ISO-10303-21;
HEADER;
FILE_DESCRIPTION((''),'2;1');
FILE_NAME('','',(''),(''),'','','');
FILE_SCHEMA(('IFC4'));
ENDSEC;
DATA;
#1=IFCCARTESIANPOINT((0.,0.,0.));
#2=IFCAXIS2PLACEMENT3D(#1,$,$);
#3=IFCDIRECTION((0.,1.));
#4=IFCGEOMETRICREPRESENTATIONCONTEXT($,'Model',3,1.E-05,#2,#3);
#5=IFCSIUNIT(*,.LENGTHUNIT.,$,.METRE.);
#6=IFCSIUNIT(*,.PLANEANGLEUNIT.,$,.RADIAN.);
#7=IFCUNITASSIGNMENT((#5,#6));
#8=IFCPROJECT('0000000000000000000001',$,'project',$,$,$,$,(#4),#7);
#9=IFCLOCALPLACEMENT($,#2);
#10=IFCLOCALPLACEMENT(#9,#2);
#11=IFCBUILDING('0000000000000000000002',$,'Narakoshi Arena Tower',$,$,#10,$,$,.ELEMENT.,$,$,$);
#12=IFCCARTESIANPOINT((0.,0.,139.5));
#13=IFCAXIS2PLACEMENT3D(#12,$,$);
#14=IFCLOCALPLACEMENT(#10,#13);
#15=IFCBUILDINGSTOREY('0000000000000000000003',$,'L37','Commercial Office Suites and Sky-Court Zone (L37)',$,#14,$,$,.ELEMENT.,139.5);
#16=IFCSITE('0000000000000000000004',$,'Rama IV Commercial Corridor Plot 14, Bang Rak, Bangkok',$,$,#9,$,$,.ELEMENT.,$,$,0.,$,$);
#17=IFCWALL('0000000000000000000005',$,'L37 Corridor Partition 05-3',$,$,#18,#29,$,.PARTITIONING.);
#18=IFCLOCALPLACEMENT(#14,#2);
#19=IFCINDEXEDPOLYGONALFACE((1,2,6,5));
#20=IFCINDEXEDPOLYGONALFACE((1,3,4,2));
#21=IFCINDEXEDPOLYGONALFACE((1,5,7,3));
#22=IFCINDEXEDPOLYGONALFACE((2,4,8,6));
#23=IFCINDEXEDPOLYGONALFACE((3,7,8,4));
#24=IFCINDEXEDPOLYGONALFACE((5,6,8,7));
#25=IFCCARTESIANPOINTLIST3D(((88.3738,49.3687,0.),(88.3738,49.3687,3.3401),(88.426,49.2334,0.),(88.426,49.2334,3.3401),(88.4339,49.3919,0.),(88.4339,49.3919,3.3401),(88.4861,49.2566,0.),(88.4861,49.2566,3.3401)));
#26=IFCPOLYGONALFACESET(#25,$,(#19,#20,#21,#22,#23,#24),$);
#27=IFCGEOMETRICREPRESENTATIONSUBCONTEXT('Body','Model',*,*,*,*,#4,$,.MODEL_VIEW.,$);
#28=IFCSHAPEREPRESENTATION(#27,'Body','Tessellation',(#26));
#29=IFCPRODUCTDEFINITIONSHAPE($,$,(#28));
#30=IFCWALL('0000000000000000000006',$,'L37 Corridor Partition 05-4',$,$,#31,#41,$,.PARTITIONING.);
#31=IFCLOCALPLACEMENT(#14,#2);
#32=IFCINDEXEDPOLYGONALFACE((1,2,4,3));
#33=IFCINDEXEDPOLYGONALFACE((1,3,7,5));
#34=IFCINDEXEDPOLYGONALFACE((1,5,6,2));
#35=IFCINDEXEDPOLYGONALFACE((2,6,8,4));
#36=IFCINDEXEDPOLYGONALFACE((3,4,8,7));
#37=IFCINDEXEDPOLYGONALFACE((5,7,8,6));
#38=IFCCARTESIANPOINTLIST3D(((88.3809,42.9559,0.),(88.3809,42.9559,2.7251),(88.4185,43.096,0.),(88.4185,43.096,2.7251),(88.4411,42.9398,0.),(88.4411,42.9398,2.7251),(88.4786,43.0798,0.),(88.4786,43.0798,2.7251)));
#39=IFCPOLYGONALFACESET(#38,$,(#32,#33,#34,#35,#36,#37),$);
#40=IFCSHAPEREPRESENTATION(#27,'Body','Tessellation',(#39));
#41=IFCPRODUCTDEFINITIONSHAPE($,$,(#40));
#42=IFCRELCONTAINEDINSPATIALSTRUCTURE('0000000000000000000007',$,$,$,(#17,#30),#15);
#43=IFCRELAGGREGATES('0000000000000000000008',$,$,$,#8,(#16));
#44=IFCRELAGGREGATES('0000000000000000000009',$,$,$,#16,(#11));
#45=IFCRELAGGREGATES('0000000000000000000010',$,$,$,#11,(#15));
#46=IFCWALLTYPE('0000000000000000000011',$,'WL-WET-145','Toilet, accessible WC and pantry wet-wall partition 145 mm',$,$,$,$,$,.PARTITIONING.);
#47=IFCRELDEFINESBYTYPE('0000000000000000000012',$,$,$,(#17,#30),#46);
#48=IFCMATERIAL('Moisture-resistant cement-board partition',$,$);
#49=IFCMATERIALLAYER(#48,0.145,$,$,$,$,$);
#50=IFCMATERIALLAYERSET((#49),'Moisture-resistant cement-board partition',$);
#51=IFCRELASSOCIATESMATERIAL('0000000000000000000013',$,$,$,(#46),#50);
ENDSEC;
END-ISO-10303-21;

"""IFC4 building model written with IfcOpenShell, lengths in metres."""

from ifc_helpers import new_model, si_unit, direction, frame, frame_2d, origin, place, context, subcontext, project, spatial, rectangle, extrude, material, layer, layer_set, type_object, element, save


model = new_model("IFC4")

# Units and contexts
model_context = context("Model", 3, precision=1e-05, world=origin(), true_north=direction((0.0, 1.0)))
body_context = subcontext(model_context, "Body", "Model", "MODEL_VIEW")
ifc_project = project(units=[si_unit("LENGTHUNIT", "METRE"), si_unit("PLANEANGLEUNIT", "RADIAN")], contexts=[model_context])

# Site, building, storey
site_placement = place(None, origin())
site = spatial("IfcSite", under=ifc_project, at=site_placement, Name="Rama IV Commercial Corridor Plot 14, Bang Rak, Bangkok", CompositionType="ELEMENT", RefElevation=0.0)
building_placement = place(site_placement, origin())
building = spatial("IfcBuilding", under=site, at=building_placement, Name="Narakoshi Arena Tower", CompositionType="ELEMENT")
storey_placement = place(building_placement, frame((0.0, 0.0, 139.5)))
storey = spatial("IfcBuildingStorey", under=building, at=storey_placement, Name="L37", Description="Commercial Office Suites and Sky-Court Zone (L37)", CompositionType="ELEMENT", Elevation=139.5)

# Walls
ifc_material_1 = material(Name="Moisture-resistant cement-board partition")
ifc_layer_1 = layer(ifc_material_1, 0.145)
ifc_layer_set_1 = layer_set([ifc_layer_1], Name="Moisture-resistant cement-board partition")
wall_type_1 = type_object("IfcWallType", Name="WL-WET-145", Description="Toilet, accessible WC and pantry wet-wall partition 145 mm", PredefinedType="PARTITIONING", material=ifc_layer_set_1)
wall_1_placement = place(storey_placement, frame((88.3999, 49.301, 0.0), z_axis=(0.0, 0.0, 1.0), x_axis=(0.932856, 0.360249, 0.0)))
element("IfcWall", 1, at=wall_1_placement, inside=storey, type_object=wall_type_1, Name="L37 Corridor Partition 05-3", PredefinedType="PARTITIONING", context=body_context, shape_type="SweptSolid", body=[
    extrude(rectangle(XDim=0.0645, YDim=0.145, at=frame_2d((0.0322, 0.0))), origin(), (0.0, 0.0, 1.0), 3.3401),
])
wall_2_placement = place(storey_placement, frame((88.46, 43.0098, 0.0), z_axis=(0.0, 0.0, 1.0), x_axis=(-0.965843, 0.259129, 0.0)))
element("IfcWall", 2, at=wall_2_placement, inside=storey, type_object=wall_type_1, Name="L37 Corridor Partition 05-4", PredefinedType="PARTITIONING", context=body_context, shape_type="SweptSolid", body=[
    extrude(rectangle(XDim=0.0623, YDim=0.145, at=frame_2d((0.0312, 0.0))), origin(), (0.0, 0.0, 1.0), 2.7251),
])

save(model, "model.ifc")
